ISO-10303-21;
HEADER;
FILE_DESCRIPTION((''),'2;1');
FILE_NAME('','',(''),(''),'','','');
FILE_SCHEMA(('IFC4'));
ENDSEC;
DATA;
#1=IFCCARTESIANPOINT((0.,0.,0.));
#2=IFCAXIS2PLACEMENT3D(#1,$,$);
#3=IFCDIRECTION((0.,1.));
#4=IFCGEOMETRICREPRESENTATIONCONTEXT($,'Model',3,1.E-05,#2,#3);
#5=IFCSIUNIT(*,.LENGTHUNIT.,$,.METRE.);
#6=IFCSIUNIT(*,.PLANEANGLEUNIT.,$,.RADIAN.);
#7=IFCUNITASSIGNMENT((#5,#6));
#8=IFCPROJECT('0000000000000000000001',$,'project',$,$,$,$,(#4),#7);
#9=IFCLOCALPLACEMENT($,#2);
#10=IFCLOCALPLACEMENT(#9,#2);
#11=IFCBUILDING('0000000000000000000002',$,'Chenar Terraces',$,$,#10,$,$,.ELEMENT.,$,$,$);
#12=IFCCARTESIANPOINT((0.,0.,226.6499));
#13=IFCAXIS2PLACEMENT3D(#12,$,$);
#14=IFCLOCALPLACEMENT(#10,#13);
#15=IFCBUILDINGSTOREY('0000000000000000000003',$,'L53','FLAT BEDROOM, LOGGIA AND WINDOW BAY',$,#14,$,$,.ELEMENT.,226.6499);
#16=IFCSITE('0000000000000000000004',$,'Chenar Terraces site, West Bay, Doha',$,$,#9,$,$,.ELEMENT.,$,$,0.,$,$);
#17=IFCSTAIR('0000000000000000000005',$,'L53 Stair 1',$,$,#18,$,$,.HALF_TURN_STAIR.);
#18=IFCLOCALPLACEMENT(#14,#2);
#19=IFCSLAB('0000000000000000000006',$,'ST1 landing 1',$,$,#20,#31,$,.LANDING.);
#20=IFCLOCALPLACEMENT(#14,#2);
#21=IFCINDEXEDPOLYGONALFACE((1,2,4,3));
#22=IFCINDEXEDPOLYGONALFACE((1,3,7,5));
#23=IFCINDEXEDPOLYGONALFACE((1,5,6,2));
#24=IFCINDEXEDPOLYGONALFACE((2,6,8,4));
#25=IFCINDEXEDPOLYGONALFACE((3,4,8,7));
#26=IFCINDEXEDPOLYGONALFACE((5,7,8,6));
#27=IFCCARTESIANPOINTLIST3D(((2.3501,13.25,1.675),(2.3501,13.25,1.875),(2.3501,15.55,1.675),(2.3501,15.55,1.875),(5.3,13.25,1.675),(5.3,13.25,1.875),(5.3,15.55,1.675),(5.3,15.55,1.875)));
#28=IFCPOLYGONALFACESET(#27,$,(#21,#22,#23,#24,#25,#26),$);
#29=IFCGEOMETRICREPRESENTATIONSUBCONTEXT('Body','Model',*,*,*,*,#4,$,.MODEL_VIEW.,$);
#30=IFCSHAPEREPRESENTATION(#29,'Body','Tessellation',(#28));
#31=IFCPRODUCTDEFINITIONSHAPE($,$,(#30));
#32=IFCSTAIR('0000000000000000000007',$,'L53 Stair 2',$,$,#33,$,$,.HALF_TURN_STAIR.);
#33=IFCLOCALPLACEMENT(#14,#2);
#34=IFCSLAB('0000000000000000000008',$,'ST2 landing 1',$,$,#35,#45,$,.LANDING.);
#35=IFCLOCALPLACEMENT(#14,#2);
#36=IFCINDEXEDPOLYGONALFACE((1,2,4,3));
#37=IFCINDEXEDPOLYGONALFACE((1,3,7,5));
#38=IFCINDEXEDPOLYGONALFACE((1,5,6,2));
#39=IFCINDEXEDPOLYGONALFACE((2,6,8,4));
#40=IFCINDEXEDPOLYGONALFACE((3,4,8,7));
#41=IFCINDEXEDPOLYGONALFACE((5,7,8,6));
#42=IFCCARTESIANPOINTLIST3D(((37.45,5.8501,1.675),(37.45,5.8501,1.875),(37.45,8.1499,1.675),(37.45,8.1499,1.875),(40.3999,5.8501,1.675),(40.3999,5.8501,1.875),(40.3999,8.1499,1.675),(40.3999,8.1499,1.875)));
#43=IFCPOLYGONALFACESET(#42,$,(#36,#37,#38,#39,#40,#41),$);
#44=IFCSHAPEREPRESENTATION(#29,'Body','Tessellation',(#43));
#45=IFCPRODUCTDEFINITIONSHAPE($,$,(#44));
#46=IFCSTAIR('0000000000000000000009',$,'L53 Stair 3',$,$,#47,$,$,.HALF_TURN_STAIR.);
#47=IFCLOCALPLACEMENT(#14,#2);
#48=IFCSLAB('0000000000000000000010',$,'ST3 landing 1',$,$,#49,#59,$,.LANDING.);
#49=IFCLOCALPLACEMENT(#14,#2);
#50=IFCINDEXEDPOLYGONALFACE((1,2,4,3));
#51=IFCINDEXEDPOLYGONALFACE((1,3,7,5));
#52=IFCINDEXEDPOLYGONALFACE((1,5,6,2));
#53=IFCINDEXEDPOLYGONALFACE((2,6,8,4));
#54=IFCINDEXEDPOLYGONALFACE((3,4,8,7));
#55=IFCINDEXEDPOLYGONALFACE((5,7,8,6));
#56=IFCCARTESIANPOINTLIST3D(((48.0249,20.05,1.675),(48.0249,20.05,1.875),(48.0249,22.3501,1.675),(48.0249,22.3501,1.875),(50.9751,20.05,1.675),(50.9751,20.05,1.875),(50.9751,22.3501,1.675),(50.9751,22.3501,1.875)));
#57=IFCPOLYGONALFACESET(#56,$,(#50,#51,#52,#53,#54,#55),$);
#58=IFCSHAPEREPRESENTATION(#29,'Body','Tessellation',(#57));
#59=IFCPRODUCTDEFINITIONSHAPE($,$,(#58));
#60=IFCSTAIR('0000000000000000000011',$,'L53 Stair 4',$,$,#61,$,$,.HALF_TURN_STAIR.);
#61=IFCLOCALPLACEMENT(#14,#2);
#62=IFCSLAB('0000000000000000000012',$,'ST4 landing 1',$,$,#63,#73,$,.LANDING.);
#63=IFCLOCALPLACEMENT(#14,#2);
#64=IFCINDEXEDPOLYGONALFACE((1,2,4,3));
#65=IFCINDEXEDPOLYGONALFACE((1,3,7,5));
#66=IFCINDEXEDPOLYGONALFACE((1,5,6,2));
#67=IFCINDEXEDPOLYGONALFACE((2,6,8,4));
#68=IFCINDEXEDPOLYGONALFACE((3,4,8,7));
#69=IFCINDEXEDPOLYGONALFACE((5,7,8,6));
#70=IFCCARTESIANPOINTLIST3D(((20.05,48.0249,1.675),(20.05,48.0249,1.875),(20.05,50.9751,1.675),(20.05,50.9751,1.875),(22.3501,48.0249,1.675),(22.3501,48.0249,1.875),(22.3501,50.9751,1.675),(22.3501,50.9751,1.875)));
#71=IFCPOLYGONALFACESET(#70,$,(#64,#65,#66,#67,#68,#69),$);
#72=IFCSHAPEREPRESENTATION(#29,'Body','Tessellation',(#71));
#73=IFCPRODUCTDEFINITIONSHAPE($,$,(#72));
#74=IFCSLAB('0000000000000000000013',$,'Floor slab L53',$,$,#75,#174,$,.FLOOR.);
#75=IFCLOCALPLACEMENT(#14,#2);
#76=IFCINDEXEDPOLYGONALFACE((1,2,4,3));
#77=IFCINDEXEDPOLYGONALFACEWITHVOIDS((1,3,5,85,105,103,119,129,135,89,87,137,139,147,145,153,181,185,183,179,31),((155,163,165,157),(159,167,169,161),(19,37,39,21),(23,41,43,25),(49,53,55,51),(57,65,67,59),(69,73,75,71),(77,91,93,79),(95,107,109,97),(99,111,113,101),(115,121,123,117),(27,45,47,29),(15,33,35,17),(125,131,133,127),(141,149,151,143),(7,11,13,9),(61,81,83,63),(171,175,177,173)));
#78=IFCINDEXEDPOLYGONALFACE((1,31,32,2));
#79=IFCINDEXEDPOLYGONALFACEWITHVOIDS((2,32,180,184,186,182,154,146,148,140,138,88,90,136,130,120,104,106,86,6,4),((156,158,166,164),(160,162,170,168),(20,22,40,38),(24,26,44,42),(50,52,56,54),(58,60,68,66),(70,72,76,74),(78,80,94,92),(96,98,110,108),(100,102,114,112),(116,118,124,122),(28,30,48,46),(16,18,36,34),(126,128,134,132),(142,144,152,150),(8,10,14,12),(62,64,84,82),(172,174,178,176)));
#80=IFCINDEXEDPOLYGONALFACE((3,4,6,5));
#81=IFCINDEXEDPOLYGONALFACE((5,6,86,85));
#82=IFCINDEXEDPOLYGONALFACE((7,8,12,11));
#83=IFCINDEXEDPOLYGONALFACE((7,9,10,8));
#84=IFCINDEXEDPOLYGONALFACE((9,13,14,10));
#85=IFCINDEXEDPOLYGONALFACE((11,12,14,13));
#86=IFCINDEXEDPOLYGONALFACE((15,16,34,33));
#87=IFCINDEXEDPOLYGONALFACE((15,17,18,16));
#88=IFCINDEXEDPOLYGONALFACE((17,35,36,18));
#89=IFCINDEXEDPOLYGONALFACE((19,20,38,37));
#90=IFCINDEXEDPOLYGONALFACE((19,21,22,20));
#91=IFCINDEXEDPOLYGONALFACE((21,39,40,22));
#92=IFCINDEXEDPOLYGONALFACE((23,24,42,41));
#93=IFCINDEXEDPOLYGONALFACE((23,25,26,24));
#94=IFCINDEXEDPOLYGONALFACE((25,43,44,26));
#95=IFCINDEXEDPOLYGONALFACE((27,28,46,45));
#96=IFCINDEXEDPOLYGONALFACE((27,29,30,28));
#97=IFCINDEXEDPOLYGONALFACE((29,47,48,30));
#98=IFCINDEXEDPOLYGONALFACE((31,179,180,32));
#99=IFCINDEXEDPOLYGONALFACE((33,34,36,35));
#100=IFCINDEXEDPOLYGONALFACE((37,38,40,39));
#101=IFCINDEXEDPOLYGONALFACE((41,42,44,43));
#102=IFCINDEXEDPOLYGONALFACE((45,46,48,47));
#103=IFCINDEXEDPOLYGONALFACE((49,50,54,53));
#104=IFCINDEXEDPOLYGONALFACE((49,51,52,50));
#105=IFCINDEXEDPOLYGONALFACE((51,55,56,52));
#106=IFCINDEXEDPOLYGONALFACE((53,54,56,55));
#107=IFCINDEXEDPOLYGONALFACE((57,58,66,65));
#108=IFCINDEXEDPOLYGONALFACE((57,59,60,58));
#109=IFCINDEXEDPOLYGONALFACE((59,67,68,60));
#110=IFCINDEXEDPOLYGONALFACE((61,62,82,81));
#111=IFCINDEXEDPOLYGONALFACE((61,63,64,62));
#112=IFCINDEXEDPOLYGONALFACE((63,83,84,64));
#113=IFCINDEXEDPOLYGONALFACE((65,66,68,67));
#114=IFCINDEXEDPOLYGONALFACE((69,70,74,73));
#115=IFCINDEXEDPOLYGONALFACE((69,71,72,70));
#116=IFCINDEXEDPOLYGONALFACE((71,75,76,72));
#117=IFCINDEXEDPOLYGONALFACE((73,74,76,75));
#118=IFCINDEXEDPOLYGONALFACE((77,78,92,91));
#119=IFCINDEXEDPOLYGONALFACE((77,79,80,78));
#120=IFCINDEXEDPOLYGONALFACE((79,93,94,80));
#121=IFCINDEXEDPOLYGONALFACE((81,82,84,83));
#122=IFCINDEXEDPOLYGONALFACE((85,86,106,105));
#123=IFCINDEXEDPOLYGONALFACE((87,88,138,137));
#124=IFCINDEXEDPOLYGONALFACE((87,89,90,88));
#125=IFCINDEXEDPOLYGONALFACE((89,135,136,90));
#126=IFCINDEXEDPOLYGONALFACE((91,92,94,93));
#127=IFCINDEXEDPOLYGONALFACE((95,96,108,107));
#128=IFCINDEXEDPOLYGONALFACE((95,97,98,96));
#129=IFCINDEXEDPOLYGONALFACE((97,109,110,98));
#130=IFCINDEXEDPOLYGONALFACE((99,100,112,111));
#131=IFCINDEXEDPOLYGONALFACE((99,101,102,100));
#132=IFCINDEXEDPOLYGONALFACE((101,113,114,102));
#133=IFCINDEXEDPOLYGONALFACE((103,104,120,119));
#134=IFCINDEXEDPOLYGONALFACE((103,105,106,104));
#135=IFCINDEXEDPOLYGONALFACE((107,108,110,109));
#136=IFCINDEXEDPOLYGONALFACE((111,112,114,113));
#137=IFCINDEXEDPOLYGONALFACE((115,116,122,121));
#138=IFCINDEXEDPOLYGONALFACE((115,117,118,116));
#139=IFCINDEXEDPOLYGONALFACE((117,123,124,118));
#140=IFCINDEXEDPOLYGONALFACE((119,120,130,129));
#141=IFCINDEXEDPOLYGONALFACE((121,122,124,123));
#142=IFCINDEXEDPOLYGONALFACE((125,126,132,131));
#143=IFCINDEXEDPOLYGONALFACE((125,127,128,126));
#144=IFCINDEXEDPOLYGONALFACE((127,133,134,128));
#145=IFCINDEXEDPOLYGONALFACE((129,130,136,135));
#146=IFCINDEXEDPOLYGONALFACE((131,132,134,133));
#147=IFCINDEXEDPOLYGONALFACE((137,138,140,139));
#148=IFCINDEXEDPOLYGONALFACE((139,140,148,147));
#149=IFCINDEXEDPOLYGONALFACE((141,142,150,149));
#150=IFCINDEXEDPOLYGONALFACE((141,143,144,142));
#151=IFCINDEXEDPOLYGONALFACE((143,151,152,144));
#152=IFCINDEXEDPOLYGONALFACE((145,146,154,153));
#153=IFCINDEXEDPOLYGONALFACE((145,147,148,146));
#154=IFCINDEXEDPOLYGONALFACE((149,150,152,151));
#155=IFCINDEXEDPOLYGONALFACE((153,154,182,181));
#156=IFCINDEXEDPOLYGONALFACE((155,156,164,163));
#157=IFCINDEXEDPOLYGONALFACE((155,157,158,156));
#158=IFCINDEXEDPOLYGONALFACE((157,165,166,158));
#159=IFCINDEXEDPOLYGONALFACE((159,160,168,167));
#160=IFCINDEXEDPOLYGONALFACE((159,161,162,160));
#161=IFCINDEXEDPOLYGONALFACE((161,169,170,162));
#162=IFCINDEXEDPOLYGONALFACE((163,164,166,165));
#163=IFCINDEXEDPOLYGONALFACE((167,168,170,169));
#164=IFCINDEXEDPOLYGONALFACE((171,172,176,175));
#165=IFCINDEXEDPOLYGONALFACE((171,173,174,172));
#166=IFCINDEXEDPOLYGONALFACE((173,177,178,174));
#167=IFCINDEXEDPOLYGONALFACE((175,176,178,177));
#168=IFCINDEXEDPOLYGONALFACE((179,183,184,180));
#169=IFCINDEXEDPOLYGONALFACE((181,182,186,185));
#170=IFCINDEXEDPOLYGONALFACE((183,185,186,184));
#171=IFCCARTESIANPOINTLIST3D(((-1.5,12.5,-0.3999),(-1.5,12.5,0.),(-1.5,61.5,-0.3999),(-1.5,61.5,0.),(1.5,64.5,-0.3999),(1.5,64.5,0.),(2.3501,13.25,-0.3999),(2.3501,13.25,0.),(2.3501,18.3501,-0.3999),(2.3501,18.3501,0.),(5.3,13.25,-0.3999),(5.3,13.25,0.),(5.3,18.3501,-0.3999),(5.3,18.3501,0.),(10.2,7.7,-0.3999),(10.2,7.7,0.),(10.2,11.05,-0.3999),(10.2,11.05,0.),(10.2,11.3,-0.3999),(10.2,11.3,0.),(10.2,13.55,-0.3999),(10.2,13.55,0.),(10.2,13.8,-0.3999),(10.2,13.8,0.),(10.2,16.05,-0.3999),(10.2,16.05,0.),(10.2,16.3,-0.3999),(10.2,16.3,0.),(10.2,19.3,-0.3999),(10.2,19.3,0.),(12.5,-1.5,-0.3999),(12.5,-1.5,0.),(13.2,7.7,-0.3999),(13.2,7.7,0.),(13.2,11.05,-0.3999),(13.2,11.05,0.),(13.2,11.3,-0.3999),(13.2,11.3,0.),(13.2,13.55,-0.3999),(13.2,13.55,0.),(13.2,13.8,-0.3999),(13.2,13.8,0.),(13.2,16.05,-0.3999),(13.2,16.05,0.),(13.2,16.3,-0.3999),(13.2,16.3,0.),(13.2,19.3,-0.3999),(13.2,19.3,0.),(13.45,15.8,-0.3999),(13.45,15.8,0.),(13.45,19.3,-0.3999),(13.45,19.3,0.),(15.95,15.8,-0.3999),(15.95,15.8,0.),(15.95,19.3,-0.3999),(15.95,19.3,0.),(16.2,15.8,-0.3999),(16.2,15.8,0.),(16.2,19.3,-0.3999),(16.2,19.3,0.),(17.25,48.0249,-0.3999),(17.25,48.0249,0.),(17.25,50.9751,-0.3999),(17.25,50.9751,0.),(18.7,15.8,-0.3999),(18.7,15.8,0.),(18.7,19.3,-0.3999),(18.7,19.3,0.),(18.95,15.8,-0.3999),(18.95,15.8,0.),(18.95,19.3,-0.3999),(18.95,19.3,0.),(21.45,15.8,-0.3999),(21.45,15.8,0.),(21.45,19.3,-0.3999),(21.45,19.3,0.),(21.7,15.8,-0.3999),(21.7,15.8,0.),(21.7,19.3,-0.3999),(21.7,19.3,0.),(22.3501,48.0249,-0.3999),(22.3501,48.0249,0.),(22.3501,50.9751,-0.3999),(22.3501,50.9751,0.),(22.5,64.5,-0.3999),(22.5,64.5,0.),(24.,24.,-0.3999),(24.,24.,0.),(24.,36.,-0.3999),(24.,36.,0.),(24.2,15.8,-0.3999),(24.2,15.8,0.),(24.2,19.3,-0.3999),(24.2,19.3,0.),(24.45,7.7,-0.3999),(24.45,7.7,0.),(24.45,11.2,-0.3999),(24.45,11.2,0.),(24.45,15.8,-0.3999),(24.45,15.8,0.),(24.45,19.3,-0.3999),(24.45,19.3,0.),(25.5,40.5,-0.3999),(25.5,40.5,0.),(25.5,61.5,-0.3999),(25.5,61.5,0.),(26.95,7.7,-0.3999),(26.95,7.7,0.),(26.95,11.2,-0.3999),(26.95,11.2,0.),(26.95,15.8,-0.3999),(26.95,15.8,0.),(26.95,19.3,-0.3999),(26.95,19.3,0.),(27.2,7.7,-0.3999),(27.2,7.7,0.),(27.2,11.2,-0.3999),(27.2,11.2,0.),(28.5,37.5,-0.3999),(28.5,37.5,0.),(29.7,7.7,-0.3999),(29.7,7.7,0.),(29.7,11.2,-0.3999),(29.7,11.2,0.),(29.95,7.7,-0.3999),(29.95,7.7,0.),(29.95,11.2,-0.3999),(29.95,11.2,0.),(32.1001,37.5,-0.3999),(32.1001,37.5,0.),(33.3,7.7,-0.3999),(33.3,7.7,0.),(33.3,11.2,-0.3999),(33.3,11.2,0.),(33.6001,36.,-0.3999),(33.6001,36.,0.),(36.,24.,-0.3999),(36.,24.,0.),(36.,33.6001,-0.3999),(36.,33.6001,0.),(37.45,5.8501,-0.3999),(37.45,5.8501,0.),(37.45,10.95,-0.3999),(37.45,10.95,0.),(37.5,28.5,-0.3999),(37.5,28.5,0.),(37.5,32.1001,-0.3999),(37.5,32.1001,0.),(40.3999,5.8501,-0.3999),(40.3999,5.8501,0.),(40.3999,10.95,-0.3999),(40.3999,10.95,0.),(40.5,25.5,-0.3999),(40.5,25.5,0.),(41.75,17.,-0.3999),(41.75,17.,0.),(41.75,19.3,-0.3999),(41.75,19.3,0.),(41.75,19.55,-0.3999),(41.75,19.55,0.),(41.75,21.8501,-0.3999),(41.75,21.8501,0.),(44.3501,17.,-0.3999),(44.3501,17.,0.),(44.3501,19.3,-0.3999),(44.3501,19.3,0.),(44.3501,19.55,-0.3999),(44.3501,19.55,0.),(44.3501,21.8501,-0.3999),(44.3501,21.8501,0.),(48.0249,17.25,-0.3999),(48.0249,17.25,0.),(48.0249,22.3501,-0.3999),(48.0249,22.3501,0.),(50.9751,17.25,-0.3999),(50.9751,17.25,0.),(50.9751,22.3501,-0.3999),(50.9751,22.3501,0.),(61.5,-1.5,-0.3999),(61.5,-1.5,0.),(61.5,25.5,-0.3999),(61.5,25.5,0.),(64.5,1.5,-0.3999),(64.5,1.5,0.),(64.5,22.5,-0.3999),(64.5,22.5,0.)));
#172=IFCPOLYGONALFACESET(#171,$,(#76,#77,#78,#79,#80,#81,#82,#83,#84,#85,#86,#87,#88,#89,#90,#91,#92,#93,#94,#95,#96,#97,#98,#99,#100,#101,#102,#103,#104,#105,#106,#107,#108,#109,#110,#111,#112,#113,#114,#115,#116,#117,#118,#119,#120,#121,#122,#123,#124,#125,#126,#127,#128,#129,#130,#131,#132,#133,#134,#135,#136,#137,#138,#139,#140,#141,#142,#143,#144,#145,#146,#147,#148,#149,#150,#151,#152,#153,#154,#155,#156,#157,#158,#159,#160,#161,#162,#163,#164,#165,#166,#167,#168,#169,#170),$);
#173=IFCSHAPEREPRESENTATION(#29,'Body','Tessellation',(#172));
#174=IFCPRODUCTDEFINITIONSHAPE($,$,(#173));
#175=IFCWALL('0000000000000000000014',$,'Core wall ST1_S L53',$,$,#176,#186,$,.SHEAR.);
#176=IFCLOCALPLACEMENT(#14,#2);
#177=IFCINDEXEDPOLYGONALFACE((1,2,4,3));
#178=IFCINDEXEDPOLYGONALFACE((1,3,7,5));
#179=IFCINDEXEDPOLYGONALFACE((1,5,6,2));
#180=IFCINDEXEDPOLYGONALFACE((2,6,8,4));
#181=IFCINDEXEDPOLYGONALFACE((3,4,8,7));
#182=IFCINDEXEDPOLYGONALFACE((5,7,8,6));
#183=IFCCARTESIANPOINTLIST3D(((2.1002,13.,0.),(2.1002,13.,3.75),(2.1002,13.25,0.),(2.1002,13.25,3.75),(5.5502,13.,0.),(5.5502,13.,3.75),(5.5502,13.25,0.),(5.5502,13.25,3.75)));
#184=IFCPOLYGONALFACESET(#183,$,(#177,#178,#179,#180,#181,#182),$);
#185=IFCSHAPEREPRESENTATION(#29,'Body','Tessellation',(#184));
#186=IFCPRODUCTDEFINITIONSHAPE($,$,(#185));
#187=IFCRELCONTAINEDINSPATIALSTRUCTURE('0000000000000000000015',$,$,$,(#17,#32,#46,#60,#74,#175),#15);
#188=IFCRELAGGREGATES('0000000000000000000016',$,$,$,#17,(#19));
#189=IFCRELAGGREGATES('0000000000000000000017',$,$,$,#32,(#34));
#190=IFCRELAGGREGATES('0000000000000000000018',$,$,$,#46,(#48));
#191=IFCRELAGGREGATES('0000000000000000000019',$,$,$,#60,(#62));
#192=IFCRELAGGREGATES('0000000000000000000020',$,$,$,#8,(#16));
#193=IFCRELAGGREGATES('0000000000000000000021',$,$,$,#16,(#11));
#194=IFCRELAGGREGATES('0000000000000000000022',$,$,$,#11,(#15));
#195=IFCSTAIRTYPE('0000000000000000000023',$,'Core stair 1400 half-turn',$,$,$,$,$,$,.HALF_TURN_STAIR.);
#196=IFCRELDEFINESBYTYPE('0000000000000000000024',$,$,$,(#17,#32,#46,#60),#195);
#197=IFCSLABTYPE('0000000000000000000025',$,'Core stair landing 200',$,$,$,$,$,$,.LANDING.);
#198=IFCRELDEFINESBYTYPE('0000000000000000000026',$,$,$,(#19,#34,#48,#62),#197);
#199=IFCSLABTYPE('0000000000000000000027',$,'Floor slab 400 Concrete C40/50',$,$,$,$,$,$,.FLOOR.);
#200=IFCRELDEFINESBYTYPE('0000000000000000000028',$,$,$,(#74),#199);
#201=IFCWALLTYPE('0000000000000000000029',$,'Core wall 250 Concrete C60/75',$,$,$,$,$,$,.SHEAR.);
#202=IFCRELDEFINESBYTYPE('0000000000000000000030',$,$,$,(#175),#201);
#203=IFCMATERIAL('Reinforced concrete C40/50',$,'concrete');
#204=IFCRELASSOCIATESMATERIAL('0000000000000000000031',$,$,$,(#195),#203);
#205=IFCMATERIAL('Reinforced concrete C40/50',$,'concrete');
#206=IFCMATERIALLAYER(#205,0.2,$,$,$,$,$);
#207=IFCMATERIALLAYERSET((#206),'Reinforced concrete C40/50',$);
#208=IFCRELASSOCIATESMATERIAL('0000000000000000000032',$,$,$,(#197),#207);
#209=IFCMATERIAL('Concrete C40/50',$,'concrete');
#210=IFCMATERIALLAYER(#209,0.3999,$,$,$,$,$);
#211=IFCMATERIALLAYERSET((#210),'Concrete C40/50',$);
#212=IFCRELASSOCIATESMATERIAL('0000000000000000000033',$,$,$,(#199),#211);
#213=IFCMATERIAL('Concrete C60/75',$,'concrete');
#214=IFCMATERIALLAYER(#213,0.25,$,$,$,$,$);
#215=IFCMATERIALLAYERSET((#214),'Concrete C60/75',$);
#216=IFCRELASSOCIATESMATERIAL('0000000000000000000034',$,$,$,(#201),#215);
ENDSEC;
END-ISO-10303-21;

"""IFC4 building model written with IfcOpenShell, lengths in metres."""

from ifc_helpers import new_model, si_unit, direction, frame, frame_2d, origin, place, context, subcontext, project, spatial, polyline, rectangle, outline, extrude, material, layer, layer_set, type_object, element, aggregate, save


model = new_model("IFC4")

# Units and contexts
model_context = context("Model", 3, precision=1e-05, world=origin(), true_north=direction((0.0, 1.0)))
body_context = subcontext(model_context, "Body", "Model", "MODEL_VIEW")
ifc_project = project(units=[si_unit("LENGTHUNIT", "METRE"), si_unit("PLANEANGLEUNIT", "RADIAN")], contexts=[model_context])

# Site, building, storey
site_placement = place(None, origin())
site = spatial("IfcSite", under=ifc_project, at=site_placement, Name="Chenar Terraces site, West Bay, Doha", CompositionType="ELEMENT", RefElevation=0.0)
building_placement = place(site_placement, origin())
building = spatial("IfcBuilding", under=site, at=building_placement, Name="Chenar Terraces", CompositionType="ELEMENT")
storey_placement = place(building_placement, frame((0.0, 0.0, 226.6499)))
storey = spatial("IfcBuildingStorey", under=building, at=storey_placement, Name="L53", Description="FLAT BEDROOM, LOGGIA AND WINDOW BAY", CompositionType="ELEMENT", Elevation=226.6499)

# Stairs, slabs
ifc_material_1 = material(Name="Reinforced concrete C40/50", Category="concrete")
stair_type = type_object("IfcStairType", Name="Core stair 1400 half-turn", PredefinedType="HALF_TURN_STAIR", material=ifc_material_1)
placement_1 = place(storey_placement, origin())
stair_1 = element("IfcStair", 1, at=placement_1, inside=storey, type_object=stair_type, Name="L53 Stair 1", PredefinedType="HALF_TURN_STAIR")
ifc_material_2 = material(Name="Reinforced concrete C40/50", Category="concrete")
ifc_layer_1 = layer(ifc_material_2, 0.2)
ifc_layer_set_1 = layer_set([ifc_layer_1], Name="Reinforced concrete C40/50")
slab_type_1 = type_object("IfcSlabType", Name="Core stair landing 200", PredefinedType="LANDING", material=ifc_layer_set_1)
placement_2 = place(storey_placement, frame((0.0, 0.0, 1.675)))
slab_1 = element("IfcSlab", 2, at=placement_2, type_object=slab_type_1, Name="ST1 landing 1", PredefinedType="LANDING", context=body_context, shape_type="SweptSolid", body=[
    extrude(outline(polyline([(2.3501, 15.55), (2.3501, 13.25), (5.3, 13.25), (5.3, 15.55), (2.3501, 15.55)])), origin(), (0.0, 0.0, 1.0), 0.2),
])
aggregate(stair_1, [slab_1])
stair_2 = element("IfcStair", 3, at=placement_1, inside=storey, type_object=stair_type, Name="L53 Stair 2", PredefinedType="HALF_TURN_STAIR")
slab_2 = element("IfcSlab", 4, at=placement_2, type_object=slab_type_1, Name="ST2 landing 1", PredefinedType="LANDING", context=body_context, shape_type="SweptSolid", body=[
    extrude(outline(polyline([(37.45, 8.1499), (37.45, 5.8501), (40.3999, 5.8501), (40.3999, 8.1499), (37.45, 8.1499)])), origin(), (0.0, 0.0, 1.0), 0.2),
])
aggregate(stair_2, [slab_2])
stair_3 = element("IfcStair", 5, at=placement_1, inside=storey, type_object=stair_type, Name="L53 Stair 3", PredefinedType="HALF_TURN_STAIR")
slab_3 = element("IfcSlab", 6, at=placement_2, type_object=slab_type_1, Name="ST3 landing 1", PredefinedType="LANDING", context=body_context, shape_type="SweptSolid", body=[
    extrude(outline(polyline([(50.9751, 20.05), (50.9751, 22.3501), (48.0249, 22.3501), (48.0249, 20.05), (50.9751, 20.05)])), origin(), (0.0, 0.0, 1.0), 0.2),
])
aggregate(stair_3, [slab_3])
stair_4 = element("IfcStair", 7, at=placement_1, inside=storey, type_object=stair_type, Name="L53 Stair 4", PredefinedType="HALF_TURN_STAIR")
slab_4 = element("IfcSlab", 8, at=placement_2, type_object=slab_type_1, Name="ST4 landing 1", PredefinedType="LANDING", context=body_context, shape_type="SweptSolid", body=[
    extrude(outline(polyline([(20.05, 48.0249), (22.3501, 48.0249), (22.3501, 50.9751), (20.05, 50.9751), (20.05, 48.0249)])), origin(), (0.0, 0.0, 1.0), 0.2),
])
aggregate(stair_4, [slab_4])

# Slab
ifc_material_3 = material(Name="Concrete C40/50", Category="concrete")
ifc_layer_2 = layer(ifc_material_3, 0.3999)
ifc_layer_set_2 = layer_set([ifc_layer_2], Name="Concrete C40/50")
slab_type_2 = type_object("IfcSlabType", Name="Floor slab 400 Concrete C40/50", PredefinedType="FLOOR", material=ifc_layer_set_2)
slab_5_placement = place(storey_placement, frame((0.0, 0.0, -0.3999)))
element("IfcSlab", 9, at=slab_5_placement, inside=storey, type_object=slab_type_2, Name="Floor slab L53", PredefinedType="FLOOR", context=body_context, shape_type="SweptSolid", body=[
    extrude(outline(polyline([(64.5, 22.5), (64.5, 1.5), (61.5, -1.5), (12.5, -1.5), (-1.5, 12.5), (-1.5, 61.5), (1.5, 64.5), (22.5, 64.5), (25.5, 61.5), (25.5, 40.5), (28.5, 37.5), (32.1001, 37.5), (33.6001, 36.0), (24.0, 36.0), (24.0, 24.0), (36.0, 24.0), (36.0, 33.6001), (37.5, 32.1001), (37.5, 28.5), (40.5, 25.5), (61.5, 25.5), (64.5, 22.5)]), holes=[polyline([(13.2, 11.05), (10.2, 11.05), (10.2, 7.7), (13.2, 7.7), (13.2, 11.05)]), polyline([(13.2, 13.55), (10.2, 13.55), (10.2, 11.3), (13.2, 11.3), (13.2, 13.55)]), polyline([(13.2, 16.05), (10.2, 16.05), (10.2, 13.8), (13.2, 13.8), (13.2, 16.05)]), polyline([(2.3501, 13.25), (5.3, 13.25), (5.3, 18.3501), (2.3501, 18.3501), (2.3501, 13.25)]), polyline([(15.95, 19.3), (13.45, 19.3), (13.45, 15.8), (15.95, 15.8), (15.95, 19.3)]), polyline([(18.7, 19.3), (16.2, 19.3), (16.2, 15.8), (18.7, 15.8), (18.7, 19.3)]), polyline([(21.45, 19.3), (18.95, 19.3), (18.95, 15.8), (21.45, 15.8), (21.45, 19.3)]), polyline([(24.2, 15.8), (24.2, 19.3), (21.7, 19.3), (21.7, 15.8), (24.2, 15.8)]), polyline([(13.2, 16.3), (13.2, 19.3), (10.2, 19.3), (10.2, 16.3), (13.2, 16.3)]), polyline([(22.3501, 48.0249), (22.3501, 50.9751), (17.25, 50.9751), (17.25, 48.0249), (22.3501, 48.0249)]), polyline([(37.45, 5.8501), (40.3999, 5.8501), (40.3999, 10.95), (37.45, 10.95), (37.45, 5.8501)]), polyline([(26.95, 11.2), (24.45, 11.2), (24.45, 7.7), (26.95, 7.7), (26.95, 11.2)]), polyline([(29.7, 7.7), (29.7, 11.2), (27.2, 11.2), (27.2, 7.7), (29.7, 7.7)]), polyline([(33.3, 7.7), (33.3, 11.2), (29.95, 11.2), (29.95, 7.7), (33.3, 7.7)]), polyline([(26.95, 19.3), (24.45, 19.3), (24.45, 15.8), (26.95, 15.8), (26.95, 19.3)]), polyline([(44.3501, 19.3), (41.75, 19.3), (41.75, 17.0), (44.3501, 17.0), (44.3501, 19.3)]), polyline([(50.9751, 22.3501), (48.0249, 22.3501), (48.0249, 17.25), (50.9751, 17.25), (50.9751, 22.3501)]), polyline([(44.3501, 19.55), (44.3501, 21.8501), (41.75, 21.8501), (41.75, 19.55), (44.3501, 19.55)])]), origin(), (0.0, 0.0, 1.0), 0.3999),
])

# Wall
ifc_material_4 = material(Name="Concrete C60/75", Category="concrete")
ifc_layer_3 = layer(ifc_material_4, 0.25)
ifc_layer_set_3 = layer_set([ifc_layer_3], Name="Concrete C60/75")
wall_type_1 = type_object("IfcWallType", Name="Core wall 250 Concrete C60/75", PredefinedType="SHEAR", material=ifc_layer_set_3)
wall_1_placement = place(storey_placement, frame((2.1001, 13.125, 0.0), z_axis=(0.0, 0.0, 1.0), x_axis=(1.0, 0.0, 0.0)))
element("IfcWall", 10, at=wall_1_placement, inside=storey, type_object=wall_type_1, Name="Core wall ST1_S L53", PredefinedType="SHEAR", context=body_context, shape_type="SweptSolid", body=[
    extrude(rectangle(XDim=3.45, YDim=0.25, at=frame_2d((1.7251, 0.0))), origin(), (0.0, 0.0, 1.0), 3.75),
])

save(model, "model.ifc")
